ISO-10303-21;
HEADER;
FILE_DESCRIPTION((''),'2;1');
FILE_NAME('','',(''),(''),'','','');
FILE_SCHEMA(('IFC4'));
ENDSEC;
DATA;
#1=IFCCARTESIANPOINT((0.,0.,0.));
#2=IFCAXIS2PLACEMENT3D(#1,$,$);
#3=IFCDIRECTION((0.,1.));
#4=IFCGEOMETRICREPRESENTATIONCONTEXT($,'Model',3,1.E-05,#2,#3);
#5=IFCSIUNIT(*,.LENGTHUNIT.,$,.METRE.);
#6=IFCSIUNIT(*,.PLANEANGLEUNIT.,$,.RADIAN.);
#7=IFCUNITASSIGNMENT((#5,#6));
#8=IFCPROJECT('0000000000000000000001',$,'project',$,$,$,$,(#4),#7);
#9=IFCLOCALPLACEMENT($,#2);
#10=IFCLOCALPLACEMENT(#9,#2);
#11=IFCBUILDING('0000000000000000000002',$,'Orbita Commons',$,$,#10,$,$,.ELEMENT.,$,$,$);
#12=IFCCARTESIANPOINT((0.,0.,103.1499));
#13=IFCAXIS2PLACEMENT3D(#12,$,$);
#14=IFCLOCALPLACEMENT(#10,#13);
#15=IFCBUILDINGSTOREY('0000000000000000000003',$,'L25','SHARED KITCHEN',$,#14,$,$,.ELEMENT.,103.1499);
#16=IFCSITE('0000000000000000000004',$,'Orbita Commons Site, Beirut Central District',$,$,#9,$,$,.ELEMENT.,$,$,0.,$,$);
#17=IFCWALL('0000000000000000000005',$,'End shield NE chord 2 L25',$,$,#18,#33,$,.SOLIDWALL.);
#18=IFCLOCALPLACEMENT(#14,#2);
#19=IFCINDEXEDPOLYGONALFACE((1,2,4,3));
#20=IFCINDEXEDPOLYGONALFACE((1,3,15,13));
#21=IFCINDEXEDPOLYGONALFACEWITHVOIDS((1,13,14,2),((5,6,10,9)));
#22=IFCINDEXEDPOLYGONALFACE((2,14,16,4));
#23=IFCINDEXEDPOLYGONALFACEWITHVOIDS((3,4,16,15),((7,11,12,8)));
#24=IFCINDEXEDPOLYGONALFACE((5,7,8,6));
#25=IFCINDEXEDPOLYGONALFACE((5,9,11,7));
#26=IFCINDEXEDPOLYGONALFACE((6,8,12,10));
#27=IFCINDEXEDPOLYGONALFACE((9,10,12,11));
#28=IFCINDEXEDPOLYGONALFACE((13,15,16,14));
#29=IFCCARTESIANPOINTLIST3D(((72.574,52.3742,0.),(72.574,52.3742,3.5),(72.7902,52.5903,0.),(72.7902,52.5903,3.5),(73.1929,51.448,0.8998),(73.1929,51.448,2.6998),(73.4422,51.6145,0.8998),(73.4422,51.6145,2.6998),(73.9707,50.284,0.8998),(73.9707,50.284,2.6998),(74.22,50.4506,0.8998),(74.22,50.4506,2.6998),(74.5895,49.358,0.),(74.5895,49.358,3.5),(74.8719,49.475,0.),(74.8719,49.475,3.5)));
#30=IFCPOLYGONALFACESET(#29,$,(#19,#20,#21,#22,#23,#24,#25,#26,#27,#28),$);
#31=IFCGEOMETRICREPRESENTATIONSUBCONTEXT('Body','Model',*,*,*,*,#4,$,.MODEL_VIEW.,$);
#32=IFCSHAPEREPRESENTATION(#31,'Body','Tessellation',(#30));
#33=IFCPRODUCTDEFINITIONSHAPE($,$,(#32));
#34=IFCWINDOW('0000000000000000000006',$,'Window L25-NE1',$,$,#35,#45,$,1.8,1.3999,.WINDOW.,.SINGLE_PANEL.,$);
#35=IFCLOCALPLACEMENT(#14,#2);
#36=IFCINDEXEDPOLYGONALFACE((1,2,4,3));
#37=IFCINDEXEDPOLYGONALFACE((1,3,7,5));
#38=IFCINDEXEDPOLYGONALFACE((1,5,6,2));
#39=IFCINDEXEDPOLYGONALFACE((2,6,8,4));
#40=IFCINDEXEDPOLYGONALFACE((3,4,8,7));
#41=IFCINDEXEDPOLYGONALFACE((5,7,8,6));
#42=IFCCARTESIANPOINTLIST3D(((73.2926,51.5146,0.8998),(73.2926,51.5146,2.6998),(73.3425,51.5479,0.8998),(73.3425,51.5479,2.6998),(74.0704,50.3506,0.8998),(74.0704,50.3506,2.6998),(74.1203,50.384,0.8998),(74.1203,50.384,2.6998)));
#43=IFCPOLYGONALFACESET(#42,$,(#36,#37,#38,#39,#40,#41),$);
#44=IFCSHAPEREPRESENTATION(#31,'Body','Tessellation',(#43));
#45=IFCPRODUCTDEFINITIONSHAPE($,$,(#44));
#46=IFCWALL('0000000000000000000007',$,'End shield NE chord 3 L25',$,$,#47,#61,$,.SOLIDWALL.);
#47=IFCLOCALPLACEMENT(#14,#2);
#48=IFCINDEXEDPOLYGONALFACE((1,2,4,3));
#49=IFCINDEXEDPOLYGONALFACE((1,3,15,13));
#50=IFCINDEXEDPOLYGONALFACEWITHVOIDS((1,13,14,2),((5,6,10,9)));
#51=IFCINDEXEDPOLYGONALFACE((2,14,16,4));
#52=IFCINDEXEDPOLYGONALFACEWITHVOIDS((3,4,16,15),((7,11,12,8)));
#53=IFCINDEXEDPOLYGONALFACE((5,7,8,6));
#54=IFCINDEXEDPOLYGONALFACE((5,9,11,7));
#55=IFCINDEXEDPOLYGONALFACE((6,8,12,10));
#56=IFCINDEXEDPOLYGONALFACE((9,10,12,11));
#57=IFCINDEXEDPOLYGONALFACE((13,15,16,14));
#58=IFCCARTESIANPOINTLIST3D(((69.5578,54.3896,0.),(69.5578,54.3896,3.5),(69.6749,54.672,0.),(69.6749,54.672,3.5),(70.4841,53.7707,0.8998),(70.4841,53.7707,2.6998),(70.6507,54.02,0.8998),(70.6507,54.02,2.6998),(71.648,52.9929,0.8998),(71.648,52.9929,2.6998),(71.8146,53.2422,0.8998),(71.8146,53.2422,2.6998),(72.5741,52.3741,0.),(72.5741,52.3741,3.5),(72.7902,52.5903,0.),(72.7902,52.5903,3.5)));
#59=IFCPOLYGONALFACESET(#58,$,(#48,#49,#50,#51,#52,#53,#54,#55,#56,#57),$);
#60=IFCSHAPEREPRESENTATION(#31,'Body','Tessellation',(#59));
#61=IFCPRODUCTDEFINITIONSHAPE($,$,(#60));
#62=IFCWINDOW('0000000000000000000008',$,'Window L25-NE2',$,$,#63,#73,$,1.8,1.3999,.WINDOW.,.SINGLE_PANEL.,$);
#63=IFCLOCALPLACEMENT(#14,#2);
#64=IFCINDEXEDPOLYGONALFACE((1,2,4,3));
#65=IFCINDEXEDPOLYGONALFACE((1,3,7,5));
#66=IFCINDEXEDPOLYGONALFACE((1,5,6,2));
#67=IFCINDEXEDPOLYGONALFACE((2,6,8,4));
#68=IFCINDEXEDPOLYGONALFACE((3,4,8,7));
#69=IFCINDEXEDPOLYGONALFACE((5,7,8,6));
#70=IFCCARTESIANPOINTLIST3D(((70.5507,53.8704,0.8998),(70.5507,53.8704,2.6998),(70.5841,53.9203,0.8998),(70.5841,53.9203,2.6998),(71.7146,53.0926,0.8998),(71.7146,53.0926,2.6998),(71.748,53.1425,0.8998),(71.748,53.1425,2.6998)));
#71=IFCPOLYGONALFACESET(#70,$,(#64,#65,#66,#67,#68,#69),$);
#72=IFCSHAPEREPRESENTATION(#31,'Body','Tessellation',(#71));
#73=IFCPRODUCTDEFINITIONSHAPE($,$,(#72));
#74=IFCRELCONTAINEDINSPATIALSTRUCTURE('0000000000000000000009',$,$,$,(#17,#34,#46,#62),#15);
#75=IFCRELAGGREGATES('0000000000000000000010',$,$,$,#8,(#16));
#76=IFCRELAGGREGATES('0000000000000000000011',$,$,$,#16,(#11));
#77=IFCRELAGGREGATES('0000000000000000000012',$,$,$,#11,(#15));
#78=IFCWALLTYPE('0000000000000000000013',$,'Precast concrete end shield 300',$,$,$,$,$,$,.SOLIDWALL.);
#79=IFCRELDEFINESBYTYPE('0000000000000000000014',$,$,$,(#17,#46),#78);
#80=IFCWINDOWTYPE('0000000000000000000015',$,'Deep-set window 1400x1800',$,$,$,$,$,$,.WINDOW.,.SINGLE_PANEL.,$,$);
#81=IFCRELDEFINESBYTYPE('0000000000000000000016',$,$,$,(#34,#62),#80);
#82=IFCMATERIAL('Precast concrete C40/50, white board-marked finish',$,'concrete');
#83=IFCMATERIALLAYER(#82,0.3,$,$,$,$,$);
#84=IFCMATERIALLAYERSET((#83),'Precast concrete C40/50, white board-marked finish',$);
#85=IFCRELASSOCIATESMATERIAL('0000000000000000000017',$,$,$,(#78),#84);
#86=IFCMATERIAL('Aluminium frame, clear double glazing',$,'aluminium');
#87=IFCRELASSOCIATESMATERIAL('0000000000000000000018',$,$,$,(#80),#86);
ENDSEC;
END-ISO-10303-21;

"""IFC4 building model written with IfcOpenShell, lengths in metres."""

from ifc_helpers import new_model, si_unit, direction, frame, frame_2d, origin, place, context, subcontext, project, spatial, polyline, rectangle, outline, extrude, material, layer, layer_set, type_object, element, fill, save


model = new_model("IFC4")

# Units and contexts
model_context = context("Model", 3, precision=1e-05, world=origin(), true_north=direction((0.0, 1.0)))
body_context = subcontext(model_context, "Body", "Model", "MODEL_VIEW")
ifc_project = project(units=[si_unit("LENGTHUNIT", "METRE"), si_unit("PLANEANGLEUNIT", "RADIAN")], contexts=[model_context])

# Site, building, storey
site_placement = place(None, origin())
site = spatial("IfcSite", under=ifc_project, at=site_placement, Name="Orbita Commons Site, Beirut Central District", CompositionType="ELEMENT", RefElevation=0.0)
building_placement = place(site_placement, origin())
building = spatial("IfcBuilding", under=site, at=building_placement, Name="Orbita Commons", CompositionType="ELEMENT")
storey_placement = place(building_placement, frame((0.0, 0.0, 103.1499)))
storey = spatial("IfcBuildingStorey", under=building, at=storey_placement, Name="L25", Description="SHARED KITCHEN", CompositionType="ELEMENT", Elevation=103.1499)

# Walls, openings, windows
ifc_material_1 = material(Name="Precast concrete C40/50, white board-marked finish", Category="concrete")
ifc_layer_1 = layer(ifc_material_1, 0.3)
ifc_layer_set_1 = layer_set([ifc_layer_1], Name="Precast concrete C40/50, white board-marked finish")
wall_type_1 = type_object("IfcWallType", Name="Precast concrete end shield 300", PredefinedType="SOLIDWALL", material=ifc_layer_set_1)
wall_1_placement = place(storey_placement, frame((74.7307, 49.4165, 0.0), z_axis=(0.0, 0.0, 1.0), x_axis=(-0.555601, 0.831449, 0.0)))
wall_1 = element("IfcWall", 1, at=wall_1_placement, inside=storey, type_object=wall_type_1, Name="End shield NE chord 2 L25", PredefinedType="SOLIDWALL", context=body_context, shape_type="SweptSolid", body=[
    extrude(outline(polyline([(-0.0298, -0.1499), (3.717, -0.1499), (3.6575, 0.1499), (0.0298, 0.1499), (-0.0298, -0.1499)])), origin(), (0.0, 0.0, 1.0), 3.5),
])
opening_1_placement = place(wall_1_placement, frame((1.1436, 0.0, 0.8999)))
opening_1 = element("IfcOpeningElement", 2, at=opening_1_placement, cuts=wall_1, PredefinedType="OPENING", context=body_context, shape_type="SweptSolid", body=[
    extrude(rectangle(XDim=1.3999, YDim=1.8, at=frame_2d((0.7, 0.8999))), frame((0.0, 0.1599, 0.0), z_axis=(0.0, -1.0, 0.0), x_axis=(1.0, 0.0, 0.0)), (0.0, 0.0, 1.0), 0.3201),
])
ifc_material_2 = material(Name="Aluminium frame, clear double glazing", Category="aluminium")
window_type = type_object("IfcWindowType", Name="Deep-set window 1400x1800", PartitioningType="SINGLE_PANEL", PredefinedType="WINDOW", material=ifc_material_2)
window_1_placement = place(opening_1_placement, origin())
window_1 = element("IfcWindow", 3, at=window_1_placement, inside=storey, type_object=window_type, Name="Window L25-NE1", OverallHeight=1.8, OverallWidth=1.3999, PartitioningType="SINGLE_PANEL", PredefinedType="WINDOW", context=body_context, shape_type="SweptSolid", body=[
    extrude(rectangle(XDim=1.3999, YDim=1.8, at=frame_2d((0.7, 0.8999))), frame((0.0, 0.03, 0.0), z_axis=(0.0, -1.0, 0.0), x_axis=(1.0, 0.0, 0.0)), (0.0, 0.0, 1.0), 0.0601),
])
fill(opening_1, window_1)
wall_2_placement = place(storey_placement, frame((72.6821, 52.4822, 0.0), z_axis=(0.0, 0.0, 1.0), x_axis=(-0.831449, 0.555601, 0.0)))
wall_2 = element("IfcWall", 4, at=wall_2_placement, inside=storey, type_object=wall_type_1, Name="End shield NE chord 3 L25", PredefinedType="SOLIDWALL", context=body_context, shape_type="SweptSolid", body=[
    extrude(outline(polyline([(-0.0298, -0.1499), (3.717, -0.1499), (3.6575, 0.1499), (0.0298, 0.1499), (-0.0298, -0.1499)])), origin(), (0.0, 0.0, 1.0), 3.5),
])
opening_2_placement = place(wall_2_placement, frame((1.1436, 0.0, 0.8999)))
opening_2 = element("IfcOpeningElement", 5, at=opening_2_placement, cuts=wall_2, PredefinedType="OPENING", context=body_context, shape_type="SweptSolid", body=[
    extrude(rectangle(XDim=1.3999, YDim=1.8, at=frame_2d((0.7, 0.8999))), frame((0.0, 0.1599, 0.0), z_axis=(0.0, -1.0, 0.0), x_axis=(1.0, 0.0, 0.0)), (0.0, 0.0, 1.0), 0.3201),
])
window_2_placement = place(opening_2_placement, origin())
window_2 = element("IfcWindow", 6, at=window_2_placement, inside=storey, type_object=window_type, Name="Window L25-NE2", OverallHeight=1.8, OverallWidth=1.3999, PartitioningType="SINGLE_PANEL", PredefinedType="WINDOW", context=body_context, shape_type="SweptSolid", body=[
    extrude(rectangle(XDim=1.3999, YDim=1.8, at=frame_2d((0.7, 0.8999))), frame((0.0, 0.03, 0.0), z_axis=(0.0, -1.0, 0.0), x_axis=(1.0, 0.0, 0.0)), (0.0, 0.0, 1.0), 0.0601),
])
fill(opening_2, window_2)

save(model, "model.ifc")
